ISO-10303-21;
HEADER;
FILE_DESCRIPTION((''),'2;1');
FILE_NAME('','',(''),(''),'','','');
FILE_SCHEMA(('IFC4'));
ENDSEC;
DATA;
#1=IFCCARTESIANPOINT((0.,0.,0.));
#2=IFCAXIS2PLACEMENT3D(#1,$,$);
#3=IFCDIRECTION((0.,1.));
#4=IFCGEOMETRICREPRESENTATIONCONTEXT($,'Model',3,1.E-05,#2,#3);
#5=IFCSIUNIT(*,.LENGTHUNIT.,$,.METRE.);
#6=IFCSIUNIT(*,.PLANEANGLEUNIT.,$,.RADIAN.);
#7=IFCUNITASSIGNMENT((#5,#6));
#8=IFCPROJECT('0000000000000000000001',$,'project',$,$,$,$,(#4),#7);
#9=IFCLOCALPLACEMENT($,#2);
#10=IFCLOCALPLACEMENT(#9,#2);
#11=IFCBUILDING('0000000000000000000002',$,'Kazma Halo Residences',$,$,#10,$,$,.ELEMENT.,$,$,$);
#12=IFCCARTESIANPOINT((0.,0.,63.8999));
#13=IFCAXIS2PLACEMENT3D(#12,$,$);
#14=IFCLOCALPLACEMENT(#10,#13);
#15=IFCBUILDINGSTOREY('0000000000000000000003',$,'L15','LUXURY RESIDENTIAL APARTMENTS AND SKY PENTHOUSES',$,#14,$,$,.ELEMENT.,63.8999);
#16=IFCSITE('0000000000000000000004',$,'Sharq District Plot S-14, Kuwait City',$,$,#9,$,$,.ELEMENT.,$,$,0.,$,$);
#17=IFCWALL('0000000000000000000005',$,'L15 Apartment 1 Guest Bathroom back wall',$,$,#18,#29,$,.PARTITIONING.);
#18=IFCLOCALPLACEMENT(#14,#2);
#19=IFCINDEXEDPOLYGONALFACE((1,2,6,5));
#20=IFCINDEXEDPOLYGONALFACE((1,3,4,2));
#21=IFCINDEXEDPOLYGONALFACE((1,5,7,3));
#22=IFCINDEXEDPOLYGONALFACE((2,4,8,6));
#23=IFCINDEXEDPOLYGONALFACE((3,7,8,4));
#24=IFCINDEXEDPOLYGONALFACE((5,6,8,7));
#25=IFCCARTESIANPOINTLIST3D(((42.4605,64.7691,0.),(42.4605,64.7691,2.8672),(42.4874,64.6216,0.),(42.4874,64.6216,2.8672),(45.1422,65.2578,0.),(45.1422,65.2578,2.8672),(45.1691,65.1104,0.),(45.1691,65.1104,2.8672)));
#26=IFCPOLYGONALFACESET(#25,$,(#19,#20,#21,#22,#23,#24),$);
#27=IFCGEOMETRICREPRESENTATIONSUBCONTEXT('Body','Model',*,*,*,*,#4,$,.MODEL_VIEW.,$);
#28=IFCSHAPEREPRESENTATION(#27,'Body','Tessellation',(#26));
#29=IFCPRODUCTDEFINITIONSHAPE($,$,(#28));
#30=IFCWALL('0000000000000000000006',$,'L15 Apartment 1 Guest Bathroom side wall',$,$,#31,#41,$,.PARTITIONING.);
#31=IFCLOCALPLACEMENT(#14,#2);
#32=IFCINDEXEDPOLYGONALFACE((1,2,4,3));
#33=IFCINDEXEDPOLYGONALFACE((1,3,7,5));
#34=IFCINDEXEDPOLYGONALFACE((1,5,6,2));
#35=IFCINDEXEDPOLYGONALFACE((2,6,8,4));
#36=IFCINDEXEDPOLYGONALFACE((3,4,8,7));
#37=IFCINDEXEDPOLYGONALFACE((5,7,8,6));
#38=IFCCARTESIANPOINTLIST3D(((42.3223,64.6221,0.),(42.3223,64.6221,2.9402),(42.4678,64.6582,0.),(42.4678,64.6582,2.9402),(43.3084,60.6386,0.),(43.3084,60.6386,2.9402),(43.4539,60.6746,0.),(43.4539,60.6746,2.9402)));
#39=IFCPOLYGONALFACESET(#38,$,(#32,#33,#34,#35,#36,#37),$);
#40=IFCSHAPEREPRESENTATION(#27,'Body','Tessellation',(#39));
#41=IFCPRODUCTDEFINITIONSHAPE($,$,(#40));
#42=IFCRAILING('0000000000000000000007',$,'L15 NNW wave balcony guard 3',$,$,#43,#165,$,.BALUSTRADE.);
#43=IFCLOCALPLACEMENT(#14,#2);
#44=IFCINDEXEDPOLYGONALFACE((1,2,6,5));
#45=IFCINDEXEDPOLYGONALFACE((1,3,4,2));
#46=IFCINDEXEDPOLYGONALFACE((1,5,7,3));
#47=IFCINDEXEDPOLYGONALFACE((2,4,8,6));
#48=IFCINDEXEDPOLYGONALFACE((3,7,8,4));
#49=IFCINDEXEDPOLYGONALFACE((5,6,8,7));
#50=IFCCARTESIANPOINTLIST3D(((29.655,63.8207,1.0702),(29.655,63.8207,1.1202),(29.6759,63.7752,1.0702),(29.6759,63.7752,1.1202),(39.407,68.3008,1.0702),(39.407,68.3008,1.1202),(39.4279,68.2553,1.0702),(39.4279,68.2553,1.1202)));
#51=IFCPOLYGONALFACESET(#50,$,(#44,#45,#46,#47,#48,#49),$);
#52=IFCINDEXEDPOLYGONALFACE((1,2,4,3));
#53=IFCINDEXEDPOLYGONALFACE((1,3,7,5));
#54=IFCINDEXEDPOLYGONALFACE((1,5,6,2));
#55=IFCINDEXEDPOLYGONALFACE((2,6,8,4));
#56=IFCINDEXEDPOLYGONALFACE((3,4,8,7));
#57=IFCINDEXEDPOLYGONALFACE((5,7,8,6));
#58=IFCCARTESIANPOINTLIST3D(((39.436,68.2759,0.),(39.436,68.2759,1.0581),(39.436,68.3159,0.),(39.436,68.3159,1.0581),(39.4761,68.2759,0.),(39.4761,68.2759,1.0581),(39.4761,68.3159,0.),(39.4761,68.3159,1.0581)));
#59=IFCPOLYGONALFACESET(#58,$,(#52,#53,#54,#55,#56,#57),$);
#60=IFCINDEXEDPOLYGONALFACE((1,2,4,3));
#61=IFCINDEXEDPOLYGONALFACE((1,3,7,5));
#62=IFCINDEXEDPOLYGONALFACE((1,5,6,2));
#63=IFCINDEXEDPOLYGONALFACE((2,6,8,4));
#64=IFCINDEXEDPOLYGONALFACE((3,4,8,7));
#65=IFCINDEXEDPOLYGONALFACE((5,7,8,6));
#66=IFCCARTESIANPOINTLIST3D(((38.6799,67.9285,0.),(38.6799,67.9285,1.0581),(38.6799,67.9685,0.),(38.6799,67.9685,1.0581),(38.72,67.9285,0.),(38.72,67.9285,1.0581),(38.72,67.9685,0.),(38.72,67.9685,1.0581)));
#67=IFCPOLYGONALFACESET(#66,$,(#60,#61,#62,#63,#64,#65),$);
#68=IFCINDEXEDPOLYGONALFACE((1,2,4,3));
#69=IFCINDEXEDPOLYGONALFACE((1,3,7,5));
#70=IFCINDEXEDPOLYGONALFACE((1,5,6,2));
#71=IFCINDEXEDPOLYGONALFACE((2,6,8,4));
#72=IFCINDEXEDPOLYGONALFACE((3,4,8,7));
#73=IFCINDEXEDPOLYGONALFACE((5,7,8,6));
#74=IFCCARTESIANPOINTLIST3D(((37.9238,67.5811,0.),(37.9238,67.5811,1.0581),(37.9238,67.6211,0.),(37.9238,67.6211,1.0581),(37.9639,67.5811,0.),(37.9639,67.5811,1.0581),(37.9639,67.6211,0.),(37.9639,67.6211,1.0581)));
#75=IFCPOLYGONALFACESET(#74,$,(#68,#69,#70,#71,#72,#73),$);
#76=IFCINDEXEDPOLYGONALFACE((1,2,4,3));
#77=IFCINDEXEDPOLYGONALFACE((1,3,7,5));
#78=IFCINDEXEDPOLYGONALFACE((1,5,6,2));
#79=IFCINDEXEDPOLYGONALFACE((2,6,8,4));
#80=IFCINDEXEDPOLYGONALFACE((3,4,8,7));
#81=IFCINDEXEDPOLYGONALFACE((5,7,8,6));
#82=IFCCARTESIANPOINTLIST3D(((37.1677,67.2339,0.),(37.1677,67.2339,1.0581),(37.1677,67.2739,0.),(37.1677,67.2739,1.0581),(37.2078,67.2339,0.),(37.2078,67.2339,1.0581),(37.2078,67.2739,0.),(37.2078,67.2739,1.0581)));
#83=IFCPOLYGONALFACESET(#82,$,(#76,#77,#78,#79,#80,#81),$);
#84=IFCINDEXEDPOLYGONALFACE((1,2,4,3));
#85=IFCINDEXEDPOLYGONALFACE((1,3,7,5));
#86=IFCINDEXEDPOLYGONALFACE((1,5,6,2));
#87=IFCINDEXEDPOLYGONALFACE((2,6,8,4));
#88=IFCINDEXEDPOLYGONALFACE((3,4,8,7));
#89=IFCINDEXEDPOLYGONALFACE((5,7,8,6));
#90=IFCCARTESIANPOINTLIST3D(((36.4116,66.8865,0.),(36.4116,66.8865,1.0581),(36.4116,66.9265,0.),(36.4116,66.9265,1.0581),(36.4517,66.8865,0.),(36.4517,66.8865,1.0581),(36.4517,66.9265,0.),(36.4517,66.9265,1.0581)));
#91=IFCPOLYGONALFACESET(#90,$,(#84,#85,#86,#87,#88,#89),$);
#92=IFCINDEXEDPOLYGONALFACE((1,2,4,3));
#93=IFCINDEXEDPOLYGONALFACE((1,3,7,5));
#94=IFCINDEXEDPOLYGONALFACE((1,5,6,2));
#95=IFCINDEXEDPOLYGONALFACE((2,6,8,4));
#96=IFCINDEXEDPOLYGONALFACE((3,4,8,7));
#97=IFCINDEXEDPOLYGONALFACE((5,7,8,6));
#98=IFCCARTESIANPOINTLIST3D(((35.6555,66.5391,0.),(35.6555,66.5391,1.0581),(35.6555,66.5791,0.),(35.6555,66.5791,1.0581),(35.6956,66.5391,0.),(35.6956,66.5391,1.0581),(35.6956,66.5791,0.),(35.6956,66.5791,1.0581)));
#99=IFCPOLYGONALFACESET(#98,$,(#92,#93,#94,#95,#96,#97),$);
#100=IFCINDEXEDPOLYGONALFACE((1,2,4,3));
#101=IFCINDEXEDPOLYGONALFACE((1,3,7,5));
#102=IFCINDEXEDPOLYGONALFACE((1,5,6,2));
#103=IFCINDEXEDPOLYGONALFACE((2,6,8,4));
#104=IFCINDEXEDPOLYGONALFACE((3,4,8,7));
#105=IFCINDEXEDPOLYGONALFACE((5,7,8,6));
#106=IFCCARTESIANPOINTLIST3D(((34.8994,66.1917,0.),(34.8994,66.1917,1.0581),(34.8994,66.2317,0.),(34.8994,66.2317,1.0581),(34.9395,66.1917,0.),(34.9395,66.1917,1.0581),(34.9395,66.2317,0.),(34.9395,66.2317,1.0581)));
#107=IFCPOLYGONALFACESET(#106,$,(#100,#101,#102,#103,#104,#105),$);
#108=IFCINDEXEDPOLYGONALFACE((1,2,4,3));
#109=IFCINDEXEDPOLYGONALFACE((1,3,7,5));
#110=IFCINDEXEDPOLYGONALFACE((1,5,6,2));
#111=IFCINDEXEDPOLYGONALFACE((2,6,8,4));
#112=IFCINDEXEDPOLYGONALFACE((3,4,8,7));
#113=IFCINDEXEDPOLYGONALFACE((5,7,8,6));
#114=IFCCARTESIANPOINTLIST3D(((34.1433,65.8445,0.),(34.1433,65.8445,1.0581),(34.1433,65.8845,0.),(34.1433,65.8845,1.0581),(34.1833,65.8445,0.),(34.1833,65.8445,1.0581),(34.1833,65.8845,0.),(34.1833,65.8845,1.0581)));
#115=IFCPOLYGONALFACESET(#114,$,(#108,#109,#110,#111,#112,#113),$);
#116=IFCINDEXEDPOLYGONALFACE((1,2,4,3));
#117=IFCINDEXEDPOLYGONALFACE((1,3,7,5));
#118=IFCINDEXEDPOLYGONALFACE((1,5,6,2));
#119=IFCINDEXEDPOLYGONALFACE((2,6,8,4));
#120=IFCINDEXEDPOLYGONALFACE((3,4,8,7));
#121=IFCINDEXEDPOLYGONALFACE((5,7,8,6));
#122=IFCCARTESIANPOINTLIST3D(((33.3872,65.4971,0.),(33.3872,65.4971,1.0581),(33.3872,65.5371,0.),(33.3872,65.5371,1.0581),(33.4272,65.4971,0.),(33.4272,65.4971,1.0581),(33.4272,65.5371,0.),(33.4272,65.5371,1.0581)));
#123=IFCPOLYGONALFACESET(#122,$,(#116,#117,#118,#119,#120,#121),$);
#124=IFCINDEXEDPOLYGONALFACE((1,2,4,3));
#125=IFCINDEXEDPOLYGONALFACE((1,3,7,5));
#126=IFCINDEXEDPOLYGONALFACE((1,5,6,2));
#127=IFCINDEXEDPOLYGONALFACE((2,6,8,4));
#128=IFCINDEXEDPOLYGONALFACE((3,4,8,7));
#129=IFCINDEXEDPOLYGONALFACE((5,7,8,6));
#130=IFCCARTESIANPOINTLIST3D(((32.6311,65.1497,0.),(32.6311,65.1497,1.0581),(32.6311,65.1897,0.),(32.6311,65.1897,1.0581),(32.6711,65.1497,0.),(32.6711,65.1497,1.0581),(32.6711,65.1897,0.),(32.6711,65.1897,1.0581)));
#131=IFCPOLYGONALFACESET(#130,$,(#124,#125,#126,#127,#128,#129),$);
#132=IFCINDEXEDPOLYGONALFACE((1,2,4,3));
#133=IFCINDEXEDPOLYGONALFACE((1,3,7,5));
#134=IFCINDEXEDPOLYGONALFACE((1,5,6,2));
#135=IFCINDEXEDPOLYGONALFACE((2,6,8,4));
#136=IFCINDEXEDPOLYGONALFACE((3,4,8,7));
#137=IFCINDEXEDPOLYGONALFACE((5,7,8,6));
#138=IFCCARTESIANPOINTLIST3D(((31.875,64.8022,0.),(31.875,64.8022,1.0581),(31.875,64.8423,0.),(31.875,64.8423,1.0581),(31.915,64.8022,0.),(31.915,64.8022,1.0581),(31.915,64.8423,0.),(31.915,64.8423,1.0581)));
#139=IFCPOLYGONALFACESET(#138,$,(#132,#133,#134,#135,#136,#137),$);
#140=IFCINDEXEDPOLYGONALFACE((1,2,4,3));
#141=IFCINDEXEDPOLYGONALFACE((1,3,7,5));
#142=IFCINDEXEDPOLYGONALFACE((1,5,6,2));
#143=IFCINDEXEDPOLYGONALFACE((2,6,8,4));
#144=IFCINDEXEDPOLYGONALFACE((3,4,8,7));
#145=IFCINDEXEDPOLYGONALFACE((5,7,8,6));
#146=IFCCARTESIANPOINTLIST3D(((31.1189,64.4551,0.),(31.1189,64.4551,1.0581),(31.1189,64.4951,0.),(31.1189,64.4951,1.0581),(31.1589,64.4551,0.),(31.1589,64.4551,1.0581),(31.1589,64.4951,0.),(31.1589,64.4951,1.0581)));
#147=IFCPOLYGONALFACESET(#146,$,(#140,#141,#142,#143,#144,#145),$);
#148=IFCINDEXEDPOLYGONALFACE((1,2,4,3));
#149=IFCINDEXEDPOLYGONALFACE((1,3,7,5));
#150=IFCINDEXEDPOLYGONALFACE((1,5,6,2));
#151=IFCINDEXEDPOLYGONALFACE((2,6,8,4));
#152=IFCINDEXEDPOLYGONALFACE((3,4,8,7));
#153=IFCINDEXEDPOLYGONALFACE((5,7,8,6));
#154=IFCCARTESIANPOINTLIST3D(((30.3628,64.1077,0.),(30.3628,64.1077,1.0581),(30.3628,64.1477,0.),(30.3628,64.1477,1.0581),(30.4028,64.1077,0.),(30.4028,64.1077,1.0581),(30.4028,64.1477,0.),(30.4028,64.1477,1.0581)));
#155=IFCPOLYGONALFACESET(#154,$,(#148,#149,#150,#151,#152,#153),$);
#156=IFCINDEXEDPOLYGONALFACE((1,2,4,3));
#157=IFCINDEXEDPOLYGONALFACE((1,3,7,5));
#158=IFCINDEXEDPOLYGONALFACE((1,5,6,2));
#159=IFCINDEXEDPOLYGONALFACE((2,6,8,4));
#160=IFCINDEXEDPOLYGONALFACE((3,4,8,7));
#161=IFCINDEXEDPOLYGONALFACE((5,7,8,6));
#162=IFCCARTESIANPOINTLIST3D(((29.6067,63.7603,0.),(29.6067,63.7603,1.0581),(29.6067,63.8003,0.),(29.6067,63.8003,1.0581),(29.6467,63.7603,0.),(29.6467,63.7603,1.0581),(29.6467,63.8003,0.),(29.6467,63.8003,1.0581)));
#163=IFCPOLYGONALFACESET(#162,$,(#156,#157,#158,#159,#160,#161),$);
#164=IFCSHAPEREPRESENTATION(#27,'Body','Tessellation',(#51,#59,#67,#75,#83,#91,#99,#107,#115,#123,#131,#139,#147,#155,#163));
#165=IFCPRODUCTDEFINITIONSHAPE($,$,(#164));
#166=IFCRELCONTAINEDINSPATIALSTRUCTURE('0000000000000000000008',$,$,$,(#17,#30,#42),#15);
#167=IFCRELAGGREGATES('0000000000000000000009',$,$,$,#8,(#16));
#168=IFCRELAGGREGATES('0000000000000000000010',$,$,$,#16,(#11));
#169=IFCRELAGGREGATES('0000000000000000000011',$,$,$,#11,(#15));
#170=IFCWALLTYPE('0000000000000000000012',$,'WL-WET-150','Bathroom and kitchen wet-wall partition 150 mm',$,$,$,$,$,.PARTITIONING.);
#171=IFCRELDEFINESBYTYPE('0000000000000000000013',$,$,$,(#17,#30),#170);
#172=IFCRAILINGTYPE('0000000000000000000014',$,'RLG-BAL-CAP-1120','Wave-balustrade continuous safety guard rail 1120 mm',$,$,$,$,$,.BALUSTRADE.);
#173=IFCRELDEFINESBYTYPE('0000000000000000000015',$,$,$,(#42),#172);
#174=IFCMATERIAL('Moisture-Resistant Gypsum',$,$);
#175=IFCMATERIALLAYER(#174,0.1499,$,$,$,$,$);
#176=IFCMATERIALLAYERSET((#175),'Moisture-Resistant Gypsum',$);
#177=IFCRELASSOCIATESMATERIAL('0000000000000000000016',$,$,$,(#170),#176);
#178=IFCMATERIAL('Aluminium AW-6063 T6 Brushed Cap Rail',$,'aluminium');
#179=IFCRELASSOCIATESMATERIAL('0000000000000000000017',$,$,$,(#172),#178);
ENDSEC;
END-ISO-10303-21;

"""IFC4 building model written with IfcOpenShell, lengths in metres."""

from ifc_helpers import new_model, si_unit, direction, frame, frame_2d, origin, origin_2d, place, context, subcontext, project, spatial, rectangle, extrude, material, layer, layer_set, type_object, element, save


model = new_model("IFC4")

# Units and contexts
model_context = context("Model", 3, precision=1e-05, world=origin(), true_north=direction((0.0, 1.0)))
body_context = subcontext(model_context, "Body", "Model", "MODEL_VIEW")
ifc_project = project(units=[si_unit("LENGTHUNIT", "METRE"), si_unit("PLANEANGLEUNIT", "RADIAN")], contexts=[model_context])

# Site, building, storey
site_placement = place(None, origin())
site = spatial("IfcSite", under=ifc_project, at=site_placement, Name="Sharq District Plot S-14, Kuwait City", CompositionType="ELEMENT", RefElevation=0.0)
building_placement = place(site_placement, origin())
building = spatial("IfcBuilding", under=site, at=building_placement, Name="Kazma Halo Residences", CompositionType="ELEMENT")
storey_placement = place(building_placement, frame((0.0, 0.0, 63.8999)))
storey = spatial("IfcBuildingStorey", under=building, at=storey_placement, Name="L15", Description="LUXURY RESIDENTIAL APARTMENTS AND SKY PENTHOUSES", CompositionType="ELEMENT", Elevation=63.8999)

# Shared definitions
ifc_material_1 = material(Name="Moisture-Resistant Gypsum")
ifc_layer_1 = layer(ifc_material_1, 0.1499)
ifc_layer_set_1 = layer_set([ifc_layer_1], Name="Moisture-Resistant Gypsum")
wall_type_1 = type_object("IfcWallType", Name="WL-WET-150", Description="Bathroom and kitchen wet-wall partition 150 mm", PredefinedType="PARTITIONING", material=ifc_layer_set_1)

# Walls
wall_1_placement = place(storey_placement, frame((45.1555, 65.1841, 0.0), z_axis=(0.0, 0.0, 1.0), x_axis=(-0.983792, -0.179311, 0.0)))
element("IfcWall", 1, at=wall_1_placement, inside=storey, type_object=wall_type_1, Name="L15 Apartment 1 Guest Bathroom back wall", PredefinedType="PARTITIONING", context=body_context, shape_type="SweptSolid", body=[
    extrude(rectangle(XDim=2.7258, YDim=0.1499, at=frame_2d((1.3628, 0.0))), origin(), (0.0, 0.0, 1.0), 2.8672),
])
wall_2_placement = place(storey_placement, frame((43.3811, 60.6567, 0.0), z_axis=(0.0, 0.0, 1.0), x_axis=(-0.240281, 0.970703, 0.0)))
element("IfcWall", 2, at=wall_2_placement, inside=storey, type_object=wall_type_1, Name="L15 Apartment 1 Guest Bathroom side wall", PredefinedType="PARTITIONING", context=body_context, shape_type="SweptSolid", body=[
    extrude(rectangle(XDim=4.1038, YDim=0.1499, at=frame_2d((2.0518, 0.0))), origin(), (0.0, 0.0, 1.0), 2.9402),
])

# Railing
ifc_material_2 = material(Name="Aluminium AW-6063 T6 Brushed Cap Rail", Category="aluminium")
railing_type = type_object("IfcRailingType", Name="RLG-BAL-CAP-1120", Description="Wave-balustrade continuous safety guard rail 1120 mm", PredefinedType="BALUSTRADE", material=ifc_material_2)
railing_placement = place(storey_placement, frame((39.4561, 68.2959, 0.0)))
element("IfcRailing", 3, at=railing_placement, inside=storey, type_object=railing_type, Name="L15 NNW wave balcony guard 3", PredefinedType="BALUSTRADE", context=body_context, shape_type="SweptSolid", body=[
    extrude(rectangle(XDim=0.05, YDim=0.05, at=origin_2d()), frame((-0.0386, -0.0178, 1.0952), z_axis=(-0.908697, -0.417457, 0.0), x_axis=(0.417457, -0.908697, 0.0)), (0.0, 0.0, 1.0), 10.7319),
    extrude(rectangle(XDim=0.04, YDim=0.04, at=origin_2d()), origin(), (0.0, 0.0, 1.0), 1.0581),
    extrude(rectangle(XDim=0.04, YDim=0.04, at=origin_2d()), frame((-0.7561, -0.3474, 0.0)), (0.0, 0.0, 1.0), 1.0581),
    extrude(rectangle(XDim=0.04, YDim=0.04, at=origin_2d()), frame((-1.5122, -0.6948, 0.0)), (0.0, 0.0, 1.0), 1.0581),
    extrude(rectangle(XDim=0.04, YDim=0.04, at=origin_2d()), frame((-2.2683, -1.042, 0.0)), (0.0, 0.0, 1.0), 1.0581),
    extrude(rectangle(XDim=0.04, YDim=0.04, at=origin_2d()), frame((-3.0244, -1.3894, 0.0)), (0.0, 0.0, 1.0), 1.0581),
    extrude(rectangle(XDim=0.04, YDim=0.04, at=origin_2d()), frame((-3.7805, -1.7368, 0.0)), (0.0, 0.0, 1.0), 1.0581),
    extrude(rectangle(XDim=0.04, YDim=0.04, at=origin_2d()), frame((-4.5366, -2.0842, 0.0)), (0.0, 0.0, 1.0), 1.0581),
    extrude(rectangle(XDim=0.04, YDim=0.04, at=origin_2d()), frame((-5.2927, -2.4314, 0.0)), (0.0, 0.0, 1.0), 1.0581),
    extrude(rectangle(XDim=0.04, YDim=0.04, at=origin_2d()), frame((-6.0488, -2.7788, 0.0)), (0.0, 0.0, 1.0), 1.0581),
    extrude(rectangle(XDim=0.04, YDim=0.04, at=origin_2d()), frame((-6.8049, -3.1262, 0.0)), (0.0, 0.0, 1.0), 1.0581),
    extrude(rectangle(XDim=0.04, YDim=0.04, at=origin_2d()), frame((-7.561, -3.4736, 0.0)), (0.0, 0.0, 1.0), 1.0581),
    extrude(rectangle(XDim=0.04, YDim=0.04, at=origin_2d()), frame((-8.3171, -3.8208, 0.0)), (0.0, 0.0, 1.0), 1.0581),
    extrude(rectangle(XDim=0.04, YDim=0.04, at=origin_2d()), frame((-9.0732, -4.1682, 0.0)), (0.0, 0.0, 1.0), 1.0581),
    extrude(rectangle(XDim=0.04, YDim=0.04, at=origin_2d()), frame((-9.8293, -4.5156, 0.0)), (0.0, 0.0, 1.0), 1.0581),
])

save(model, "model.ifc")
